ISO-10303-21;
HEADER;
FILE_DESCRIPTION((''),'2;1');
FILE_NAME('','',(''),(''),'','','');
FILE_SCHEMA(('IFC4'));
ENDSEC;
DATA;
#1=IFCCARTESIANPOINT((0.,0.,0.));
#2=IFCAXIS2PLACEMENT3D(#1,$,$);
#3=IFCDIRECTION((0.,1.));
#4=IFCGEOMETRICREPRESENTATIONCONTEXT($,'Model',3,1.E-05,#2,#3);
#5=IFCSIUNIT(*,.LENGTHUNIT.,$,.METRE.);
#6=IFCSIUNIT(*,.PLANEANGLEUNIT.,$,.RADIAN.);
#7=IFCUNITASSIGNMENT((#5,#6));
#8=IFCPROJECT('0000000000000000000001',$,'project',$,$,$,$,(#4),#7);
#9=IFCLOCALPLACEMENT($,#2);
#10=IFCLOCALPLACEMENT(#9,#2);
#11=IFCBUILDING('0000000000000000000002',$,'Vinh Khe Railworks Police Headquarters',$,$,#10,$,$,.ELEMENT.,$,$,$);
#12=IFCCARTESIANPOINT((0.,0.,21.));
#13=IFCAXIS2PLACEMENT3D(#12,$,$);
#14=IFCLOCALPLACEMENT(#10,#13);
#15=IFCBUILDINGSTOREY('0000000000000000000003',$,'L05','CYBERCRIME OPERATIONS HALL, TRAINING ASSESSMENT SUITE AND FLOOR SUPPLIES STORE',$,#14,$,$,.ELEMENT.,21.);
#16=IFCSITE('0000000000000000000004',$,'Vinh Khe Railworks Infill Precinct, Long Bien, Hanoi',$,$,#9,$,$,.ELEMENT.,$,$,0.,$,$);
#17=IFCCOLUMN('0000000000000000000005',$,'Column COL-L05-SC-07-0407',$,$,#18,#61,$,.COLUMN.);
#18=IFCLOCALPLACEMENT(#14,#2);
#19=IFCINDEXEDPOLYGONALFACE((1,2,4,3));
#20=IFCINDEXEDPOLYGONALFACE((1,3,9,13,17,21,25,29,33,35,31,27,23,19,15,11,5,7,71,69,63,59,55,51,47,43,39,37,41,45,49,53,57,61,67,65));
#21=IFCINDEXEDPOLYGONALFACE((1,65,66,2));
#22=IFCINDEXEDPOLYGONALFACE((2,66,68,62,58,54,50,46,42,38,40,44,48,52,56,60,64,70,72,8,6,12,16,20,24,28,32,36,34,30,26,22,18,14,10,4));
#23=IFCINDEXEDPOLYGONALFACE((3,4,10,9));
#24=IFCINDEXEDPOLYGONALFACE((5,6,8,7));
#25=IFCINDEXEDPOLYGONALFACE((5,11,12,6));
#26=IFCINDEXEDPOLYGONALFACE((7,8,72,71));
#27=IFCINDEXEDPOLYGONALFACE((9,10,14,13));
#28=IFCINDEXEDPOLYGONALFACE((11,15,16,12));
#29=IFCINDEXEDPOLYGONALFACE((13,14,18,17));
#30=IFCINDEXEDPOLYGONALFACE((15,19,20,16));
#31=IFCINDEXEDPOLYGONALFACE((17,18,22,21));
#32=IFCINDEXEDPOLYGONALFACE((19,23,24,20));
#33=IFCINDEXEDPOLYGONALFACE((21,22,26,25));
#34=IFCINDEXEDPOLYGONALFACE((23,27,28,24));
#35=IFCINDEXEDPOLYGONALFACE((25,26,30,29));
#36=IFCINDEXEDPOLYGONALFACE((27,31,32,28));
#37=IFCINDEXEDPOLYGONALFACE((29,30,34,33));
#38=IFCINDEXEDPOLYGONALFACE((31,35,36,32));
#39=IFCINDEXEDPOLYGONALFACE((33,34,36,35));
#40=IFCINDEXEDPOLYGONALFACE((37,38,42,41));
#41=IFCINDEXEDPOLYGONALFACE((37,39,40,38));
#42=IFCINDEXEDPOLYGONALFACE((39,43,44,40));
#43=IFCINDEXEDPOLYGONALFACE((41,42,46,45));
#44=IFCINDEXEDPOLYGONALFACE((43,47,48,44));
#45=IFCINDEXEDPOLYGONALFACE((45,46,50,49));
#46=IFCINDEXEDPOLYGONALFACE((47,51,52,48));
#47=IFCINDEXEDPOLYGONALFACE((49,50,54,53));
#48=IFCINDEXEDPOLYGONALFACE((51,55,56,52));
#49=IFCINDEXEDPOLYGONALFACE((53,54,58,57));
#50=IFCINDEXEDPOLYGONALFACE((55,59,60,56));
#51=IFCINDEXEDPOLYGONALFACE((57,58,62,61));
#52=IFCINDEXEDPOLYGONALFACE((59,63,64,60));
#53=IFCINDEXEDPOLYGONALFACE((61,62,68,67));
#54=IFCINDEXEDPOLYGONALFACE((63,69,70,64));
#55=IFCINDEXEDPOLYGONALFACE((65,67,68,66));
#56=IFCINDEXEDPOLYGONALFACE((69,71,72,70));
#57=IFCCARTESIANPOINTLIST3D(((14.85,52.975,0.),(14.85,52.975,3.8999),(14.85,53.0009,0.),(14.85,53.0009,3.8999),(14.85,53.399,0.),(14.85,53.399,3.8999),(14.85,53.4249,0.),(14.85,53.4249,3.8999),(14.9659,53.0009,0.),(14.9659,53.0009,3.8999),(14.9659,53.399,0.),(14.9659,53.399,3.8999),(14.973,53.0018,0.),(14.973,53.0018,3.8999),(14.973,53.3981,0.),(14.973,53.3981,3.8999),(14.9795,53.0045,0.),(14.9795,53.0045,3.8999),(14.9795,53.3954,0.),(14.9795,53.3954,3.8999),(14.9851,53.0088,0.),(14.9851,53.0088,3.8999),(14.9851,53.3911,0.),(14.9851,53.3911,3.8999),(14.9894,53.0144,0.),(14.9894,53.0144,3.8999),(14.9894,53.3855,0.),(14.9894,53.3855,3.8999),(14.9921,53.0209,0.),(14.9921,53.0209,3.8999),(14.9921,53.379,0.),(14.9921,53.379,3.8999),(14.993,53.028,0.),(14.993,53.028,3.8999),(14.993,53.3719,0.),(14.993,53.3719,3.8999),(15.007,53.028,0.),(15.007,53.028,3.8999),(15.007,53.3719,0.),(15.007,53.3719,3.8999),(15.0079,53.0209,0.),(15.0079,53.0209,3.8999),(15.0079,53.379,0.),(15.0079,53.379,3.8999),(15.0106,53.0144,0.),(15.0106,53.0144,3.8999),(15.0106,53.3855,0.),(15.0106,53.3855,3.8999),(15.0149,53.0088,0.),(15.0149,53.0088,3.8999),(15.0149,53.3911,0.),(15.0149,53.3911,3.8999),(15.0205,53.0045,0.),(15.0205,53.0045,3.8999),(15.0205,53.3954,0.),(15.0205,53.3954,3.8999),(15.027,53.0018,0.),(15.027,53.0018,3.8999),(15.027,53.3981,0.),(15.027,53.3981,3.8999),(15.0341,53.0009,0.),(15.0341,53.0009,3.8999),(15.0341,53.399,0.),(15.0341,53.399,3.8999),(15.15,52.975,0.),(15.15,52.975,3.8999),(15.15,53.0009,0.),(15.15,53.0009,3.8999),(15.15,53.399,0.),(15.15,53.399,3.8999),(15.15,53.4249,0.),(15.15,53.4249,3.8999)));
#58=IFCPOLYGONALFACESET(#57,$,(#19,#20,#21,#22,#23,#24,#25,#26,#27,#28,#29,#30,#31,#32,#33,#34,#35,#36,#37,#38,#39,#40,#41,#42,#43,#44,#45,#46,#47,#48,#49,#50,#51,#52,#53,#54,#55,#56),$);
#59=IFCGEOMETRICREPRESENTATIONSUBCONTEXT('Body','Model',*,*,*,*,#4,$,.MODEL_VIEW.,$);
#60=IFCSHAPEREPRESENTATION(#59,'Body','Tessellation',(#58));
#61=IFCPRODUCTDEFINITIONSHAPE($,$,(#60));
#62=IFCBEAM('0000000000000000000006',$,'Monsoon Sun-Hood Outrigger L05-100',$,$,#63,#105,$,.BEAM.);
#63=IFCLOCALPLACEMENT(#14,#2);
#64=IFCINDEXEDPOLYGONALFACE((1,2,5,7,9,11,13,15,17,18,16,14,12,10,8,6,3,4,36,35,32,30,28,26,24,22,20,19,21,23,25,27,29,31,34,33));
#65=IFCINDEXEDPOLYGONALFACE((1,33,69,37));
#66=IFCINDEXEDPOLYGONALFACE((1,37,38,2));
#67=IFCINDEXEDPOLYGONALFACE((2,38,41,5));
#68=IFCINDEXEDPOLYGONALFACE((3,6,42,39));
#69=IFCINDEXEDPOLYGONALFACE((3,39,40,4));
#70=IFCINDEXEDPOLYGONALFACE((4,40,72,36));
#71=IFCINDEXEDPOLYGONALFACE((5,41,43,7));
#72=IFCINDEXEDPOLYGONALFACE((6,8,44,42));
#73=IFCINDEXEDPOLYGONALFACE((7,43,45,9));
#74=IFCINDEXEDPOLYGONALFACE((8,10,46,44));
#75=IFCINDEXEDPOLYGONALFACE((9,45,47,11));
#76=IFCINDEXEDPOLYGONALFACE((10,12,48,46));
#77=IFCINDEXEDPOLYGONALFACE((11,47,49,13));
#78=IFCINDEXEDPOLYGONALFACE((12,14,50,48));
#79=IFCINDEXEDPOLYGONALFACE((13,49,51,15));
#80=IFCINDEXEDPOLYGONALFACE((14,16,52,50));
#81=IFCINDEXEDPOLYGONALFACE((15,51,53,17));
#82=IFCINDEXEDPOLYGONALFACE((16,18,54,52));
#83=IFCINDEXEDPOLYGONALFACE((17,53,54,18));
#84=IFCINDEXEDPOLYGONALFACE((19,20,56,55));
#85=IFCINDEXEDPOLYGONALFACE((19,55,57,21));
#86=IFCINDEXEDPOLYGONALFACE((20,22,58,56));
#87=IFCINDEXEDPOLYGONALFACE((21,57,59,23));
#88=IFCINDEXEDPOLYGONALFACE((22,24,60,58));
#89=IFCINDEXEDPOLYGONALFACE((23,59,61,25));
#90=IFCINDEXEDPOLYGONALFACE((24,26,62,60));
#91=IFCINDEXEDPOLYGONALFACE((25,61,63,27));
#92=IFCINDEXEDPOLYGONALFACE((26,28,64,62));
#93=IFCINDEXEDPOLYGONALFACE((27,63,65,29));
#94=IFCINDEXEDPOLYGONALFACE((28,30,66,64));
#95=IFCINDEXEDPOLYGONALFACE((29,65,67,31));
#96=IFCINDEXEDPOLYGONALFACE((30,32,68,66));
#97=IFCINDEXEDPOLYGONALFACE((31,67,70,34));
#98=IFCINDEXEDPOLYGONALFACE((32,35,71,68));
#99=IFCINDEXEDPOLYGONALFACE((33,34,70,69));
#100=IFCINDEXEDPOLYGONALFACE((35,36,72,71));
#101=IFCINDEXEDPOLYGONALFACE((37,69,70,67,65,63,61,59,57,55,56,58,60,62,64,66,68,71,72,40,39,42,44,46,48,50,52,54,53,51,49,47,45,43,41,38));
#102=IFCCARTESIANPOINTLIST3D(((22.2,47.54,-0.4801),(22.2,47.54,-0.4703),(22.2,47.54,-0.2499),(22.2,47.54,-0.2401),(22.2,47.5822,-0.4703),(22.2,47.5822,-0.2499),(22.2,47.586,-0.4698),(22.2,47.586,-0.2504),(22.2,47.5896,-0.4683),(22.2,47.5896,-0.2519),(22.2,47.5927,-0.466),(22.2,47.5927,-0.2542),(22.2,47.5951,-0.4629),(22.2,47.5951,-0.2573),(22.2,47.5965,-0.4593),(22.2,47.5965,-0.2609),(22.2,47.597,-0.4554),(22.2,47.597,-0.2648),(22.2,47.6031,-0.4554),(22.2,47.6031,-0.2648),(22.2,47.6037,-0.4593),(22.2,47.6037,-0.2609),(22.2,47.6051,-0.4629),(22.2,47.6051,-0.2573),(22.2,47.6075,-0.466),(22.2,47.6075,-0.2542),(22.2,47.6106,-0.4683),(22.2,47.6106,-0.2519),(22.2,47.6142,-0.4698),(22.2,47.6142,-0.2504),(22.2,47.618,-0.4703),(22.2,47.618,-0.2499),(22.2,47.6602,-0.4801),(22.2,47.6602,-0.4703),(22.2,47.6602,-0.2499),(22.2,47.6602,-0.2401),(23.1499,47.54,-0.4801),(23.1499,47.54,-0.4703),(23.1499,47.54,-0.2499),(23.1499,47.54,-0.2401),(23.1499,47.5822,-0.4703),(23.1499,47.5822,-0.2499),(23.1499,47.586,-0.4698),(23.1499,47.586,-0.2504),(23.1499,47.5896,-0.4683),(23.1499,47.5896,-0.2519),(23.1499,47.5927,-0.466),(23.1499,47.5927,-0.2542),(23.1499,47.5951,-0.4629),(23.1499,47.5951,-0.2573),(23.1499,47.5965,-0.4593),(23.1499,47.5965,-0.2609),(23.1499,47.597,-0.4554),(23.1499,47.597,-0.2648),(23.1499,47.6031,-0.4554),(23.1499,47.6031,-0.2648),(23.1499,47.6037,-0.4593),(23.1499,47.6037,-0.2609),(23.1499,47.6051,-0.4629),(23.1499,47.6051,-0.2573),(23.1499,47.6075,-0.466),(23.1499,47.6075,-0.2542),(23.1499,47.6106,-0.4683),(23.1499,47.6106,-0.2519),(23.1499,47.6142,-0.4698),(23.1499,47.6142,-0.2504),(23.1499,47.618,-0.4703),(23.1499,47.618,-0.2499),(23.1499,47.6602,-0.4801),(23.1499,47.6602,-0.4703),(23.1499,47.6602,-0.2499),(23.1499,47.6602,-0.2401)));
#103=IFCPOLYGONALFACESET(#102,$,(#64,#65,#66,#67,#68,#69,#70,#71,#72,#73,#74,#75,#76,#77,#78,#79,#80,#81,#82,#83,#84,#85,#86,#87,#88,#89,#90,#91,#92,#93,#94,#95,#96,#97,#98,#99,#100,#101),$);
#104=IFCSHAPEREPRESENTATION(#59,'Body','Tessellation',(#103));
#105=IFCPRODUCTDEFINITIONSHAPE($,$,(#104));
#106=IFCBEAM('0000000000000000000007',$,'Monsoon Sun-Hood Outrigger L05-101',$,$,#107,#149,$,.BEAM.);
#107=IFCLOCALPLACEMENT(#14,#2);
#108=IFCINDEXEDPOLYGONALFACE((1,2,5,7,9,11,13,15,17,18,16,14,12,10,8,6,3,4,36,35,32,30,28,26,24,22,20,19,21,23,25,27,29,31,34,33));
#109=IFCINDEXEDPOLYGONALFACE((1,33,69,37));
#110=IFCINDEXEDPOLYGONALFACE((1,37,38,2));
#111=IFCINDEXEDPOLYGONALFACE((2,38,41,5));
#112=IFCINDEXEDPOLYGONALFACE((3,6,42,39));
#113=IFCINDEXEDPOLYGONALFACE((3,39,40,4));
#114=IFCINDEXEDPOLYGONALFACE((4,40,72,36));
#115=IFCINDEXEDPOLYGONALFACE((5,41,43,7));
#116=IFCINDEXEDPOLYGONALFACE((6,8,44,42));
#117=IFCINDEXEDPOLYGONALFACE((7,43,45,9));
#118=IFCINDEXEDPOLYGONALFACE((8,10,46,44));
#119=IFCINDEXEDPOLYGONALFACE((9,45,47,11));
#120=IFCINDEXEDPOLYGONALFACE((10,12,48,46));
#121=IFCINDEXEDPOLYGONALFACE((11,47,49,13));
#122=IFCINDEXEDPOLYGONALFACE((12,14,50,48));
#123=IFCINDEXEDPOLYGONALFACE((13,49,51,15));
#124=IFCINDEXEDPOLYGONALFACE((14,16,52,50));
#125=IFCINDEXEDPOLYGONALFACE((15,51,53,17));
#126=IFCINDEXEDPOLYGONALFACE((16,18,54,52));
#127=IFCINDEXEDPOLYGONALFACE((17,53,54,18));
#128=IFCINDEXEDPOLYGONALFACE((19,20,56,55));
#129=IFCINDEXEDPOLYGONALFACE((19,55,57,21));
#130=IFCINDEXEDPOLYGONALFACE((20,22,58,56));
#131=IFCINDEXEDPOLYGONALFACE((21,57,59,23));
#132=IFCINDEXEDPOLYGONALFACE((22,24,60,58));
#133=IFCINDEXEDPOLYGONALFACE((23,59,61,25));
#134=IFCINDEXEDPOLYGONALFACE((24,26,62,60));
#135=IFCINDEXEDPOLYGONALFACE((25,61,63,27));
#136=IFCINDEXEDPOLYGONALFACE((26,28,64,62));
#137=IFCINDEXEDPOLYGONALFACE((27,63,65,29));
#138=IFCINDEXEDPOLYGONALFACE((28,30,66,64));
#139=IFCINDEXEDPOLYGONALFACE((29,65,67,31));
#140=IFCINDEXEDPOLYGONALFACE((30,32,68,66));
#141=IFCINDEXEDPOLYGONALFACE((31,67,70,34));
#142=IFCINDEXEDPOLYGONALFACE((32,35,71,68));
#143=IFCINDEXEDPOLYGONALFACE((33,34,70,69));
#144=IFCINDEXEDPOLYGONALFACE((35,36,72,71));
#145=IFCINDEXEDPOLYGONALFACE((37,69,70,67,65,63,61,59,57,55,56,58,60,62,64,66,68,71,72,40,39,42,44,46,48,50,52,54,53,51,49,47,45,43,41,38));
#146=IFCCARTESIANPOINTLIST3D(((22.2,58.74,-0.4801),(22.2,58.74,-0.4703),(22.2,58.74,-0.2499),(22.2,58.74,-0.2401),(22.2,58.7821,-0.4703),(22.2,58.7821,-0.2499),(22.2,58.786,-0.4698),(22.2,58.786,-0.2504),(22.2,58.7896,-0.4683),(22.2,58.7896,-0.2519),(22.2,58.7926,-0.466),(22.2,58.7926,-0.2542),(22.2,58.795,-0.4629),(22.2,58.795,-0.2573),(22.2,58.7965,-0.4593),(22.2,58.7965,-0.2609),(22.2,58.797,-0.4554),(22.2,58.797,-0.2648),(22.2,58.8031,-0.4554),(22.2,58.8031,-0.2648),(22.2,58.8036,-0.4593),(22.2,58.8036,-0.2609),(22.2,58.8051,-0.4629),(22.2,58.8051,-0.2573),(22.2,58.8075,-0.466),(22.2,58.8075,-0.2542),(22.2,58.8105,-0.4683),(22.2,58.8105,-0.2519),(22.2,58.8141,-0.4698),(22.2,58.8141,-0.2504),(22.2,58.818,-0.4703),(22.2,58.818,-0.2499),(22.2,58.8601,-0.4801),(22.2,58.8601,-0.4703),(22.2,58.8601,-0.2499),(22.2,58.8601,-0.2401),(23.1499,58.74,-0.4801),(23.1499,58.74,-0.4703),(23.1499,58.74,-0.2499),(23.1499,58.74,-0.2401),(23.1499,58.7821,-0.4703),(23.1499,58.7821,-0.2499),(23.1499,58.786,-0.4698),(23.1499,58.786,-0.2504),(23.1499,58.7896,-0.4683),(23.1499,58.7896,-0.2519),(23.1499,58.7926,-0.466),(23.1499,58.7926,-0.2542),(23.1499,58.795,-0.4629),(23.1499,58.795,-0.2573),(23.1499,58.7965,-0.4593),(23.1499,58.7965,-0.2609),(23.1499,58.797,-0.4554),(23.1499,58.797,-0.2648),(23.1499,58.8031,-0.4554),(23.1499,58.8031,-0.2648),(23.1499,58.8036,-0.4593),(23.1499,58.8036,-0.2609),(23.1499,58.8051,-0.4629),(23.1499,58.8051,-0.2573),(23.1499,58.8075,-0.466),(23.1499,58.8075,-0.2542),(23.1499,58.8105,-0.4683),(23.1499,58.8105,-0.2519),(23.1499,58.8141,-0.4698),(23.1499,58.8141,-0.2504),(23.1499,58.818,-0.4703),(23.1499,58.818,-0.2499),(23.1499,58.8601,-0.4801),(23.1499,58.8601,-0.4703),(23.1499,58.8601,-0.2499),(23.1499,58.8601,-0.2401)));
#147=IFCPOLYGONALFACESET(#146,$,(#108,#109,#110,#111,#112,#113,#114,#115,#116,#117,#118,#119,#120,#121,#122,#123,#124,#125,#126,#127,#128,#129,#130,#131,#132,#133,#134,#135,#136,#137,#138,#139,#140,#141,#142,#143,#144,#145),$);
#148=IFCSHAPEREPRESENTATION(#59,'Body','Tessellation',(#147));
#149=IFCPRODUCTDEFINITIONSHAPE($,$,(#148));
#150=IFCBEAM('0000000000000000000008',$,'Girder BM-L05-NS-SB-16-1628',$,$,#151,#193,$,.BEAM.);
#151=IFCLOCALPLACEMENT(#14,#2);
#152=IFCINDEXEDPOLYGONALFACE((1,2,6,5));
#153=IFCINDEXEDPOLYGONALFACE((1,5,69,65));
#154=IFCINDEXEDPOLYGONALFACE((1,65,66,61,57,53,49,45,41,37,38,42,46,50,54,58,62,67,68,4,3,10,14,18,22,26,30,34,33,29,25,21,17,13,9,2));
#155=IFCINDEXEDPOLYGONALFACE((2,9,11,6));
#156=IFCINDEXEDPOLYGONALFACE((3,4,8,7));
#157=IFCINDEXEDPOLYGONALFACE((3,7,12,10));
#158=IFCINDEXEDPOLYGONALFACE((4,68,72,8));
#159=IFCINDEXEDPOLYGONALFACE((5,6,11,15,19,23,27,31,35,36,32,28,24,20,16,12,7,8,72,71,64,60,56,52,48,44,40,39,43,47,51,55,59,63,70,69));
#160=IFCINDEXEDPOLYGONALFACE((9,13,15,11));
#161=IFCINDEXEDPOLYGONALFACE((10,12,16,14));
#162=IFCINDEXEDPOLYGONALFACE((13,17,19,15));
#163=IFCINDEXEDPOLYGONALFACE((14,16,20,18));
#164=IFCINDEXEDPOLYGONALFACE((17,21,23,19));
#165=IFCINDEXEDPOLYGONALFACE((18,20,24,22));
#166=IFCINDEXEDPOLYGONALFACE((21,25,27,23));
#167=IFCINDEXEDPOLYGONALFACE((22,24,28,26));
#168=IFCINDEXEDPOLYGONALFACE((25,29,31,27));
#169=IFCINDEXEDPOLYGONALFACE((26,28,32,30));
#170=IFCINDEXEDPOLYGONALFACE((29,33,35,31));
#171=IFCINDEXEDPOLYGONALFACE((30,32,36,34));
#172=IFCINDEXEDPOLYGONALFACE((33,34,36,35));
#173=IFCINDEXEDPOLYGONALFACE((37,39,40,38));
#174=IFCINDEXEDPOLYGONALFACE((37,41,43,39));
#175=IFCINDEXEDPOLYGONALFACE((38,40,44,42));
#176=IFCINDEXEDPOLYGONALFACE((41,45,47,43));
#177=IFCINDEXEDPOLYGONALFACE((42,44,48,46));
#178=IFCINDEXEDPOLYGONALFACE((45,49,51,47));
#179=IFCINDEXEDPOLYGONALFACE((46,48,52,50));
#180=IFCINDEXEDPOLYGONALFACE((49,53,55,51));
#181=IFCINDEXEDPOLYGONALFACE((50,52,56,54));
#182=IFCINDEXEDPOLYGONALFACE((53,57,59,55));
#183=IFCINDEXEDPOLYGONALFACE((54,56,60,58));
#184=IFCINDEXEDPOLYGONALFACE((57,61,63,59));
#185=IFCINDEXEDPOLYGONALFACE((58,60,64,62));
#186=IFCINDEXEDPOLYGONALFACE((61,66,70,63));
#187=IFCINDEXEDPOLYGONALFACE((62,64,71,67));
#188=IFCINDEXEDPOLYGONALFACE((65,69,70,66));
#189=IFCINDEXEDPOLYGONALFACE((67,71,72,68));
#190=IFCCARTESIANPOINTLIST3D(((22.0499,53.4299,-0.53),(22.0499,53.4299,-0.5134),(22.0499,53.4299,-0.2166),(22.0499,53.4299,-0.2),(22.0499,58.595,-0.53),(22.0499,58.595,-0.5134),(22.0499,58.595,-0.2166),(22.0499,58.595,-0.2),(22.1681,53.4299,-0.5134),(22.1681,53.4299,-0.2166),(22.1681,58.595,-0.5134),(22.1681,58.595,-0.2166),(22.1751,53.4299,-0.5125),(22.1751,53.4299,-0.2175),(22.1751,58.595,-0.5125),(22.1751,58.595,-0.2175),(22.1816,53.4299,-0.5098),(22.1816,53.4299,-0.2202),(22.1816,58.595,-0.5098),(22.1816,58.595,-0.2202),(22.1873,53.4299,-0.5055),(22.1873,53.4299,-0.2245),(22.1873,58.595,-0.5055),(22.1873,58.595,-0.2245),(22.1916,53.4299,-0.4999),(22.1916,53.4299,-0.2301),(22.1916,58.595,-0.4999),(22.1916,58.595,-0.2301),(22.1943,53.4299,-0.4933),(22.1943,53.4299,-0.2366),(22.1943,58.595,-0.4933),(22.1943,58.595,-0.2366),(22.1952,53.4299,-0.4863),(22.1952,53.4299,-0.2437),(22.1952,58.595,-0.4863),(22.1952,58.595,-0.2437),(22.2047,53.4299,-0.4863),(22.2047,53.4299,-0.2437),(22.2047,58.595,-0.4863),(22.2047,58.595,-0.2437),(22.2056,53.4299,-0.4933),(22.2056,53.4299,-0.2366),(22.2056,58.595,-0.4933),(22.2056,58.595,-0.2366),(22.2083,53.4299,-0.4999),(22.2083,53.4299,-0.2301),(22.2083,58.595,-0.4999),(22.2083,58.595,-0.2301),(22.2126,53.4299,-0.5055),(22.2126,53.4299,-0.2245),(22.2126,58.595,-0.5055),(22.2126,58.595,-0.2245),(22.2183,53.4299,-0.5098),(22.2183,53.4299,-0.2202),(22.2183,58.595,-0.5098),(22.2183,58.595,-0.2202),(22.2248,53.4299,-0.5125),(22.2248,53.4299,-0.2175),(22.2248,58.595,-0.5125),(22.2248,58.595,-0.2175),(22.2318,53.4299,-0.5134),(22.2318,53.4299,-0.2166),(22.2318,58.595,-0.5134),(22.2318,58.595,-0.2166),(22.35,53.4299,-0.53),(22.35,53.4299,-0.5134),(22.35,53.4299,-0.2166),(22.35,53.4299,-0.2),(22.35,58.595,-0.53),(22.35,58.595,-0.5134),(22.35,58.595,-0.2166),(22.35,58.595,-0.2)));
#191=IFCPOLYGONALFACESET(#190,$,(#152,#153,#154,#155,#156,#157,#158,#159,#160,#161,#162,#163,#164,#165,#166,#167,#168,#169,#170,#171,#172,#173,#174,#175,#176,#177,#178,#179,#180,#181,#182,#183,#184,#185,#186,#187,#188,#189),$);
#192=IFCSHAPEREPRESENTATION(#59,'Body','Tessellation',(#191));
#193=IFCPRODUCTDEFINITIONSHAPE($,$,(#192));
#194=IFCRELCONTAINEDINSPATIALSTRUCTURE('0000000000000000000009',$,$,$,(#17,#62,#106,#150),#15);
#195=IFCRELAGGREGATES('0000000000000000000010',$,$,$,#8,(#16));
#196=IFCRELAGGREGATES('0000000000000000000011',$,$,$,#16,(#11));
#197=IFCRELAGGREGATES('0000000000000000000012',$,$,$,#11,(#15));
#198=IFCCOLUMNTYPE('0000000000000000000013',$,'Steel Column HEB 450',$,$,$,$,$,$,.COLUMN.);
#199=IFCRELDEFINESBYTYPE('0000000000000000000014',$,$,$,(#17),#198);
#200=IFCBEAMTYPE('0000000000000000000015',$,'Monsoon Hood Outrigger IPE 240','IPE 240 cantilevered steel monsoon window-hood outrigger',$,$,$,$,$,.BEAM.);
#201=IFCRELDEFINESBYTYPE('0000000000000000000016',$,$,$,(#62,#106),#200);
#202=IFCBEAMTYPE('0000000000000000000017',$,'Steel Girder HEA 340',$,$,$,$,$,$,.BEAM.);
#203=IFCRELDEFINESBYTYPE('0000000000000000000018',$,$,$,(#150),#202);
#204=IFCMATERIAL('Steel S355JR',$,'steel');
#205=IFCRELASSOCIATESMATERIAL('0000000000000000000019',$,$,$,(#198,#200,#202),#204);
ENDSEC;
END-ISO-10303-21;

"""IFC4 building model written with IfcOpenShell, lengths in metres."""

from ifc_helpers import new_model, si_unit, direction, frame, origin, origin_2d, place, context, subcontext, project, spatial, i_section, extrude, material, material_profile, profile_set, type_object, element, save


model = new_model("IFC4")

# Units and contexts
model_context = context("Model", 3, precision=1e-05, world=origin(), true_north=direction((0.0, 1.0)))
body_context = subcontext(model_context, "Body", "Model", "MODEL_VIEW")
ifc_project = project(units=[si_unit("LENGTHUNIT", "METRE"), si_unit("PLANEANGLEUNIT", "RADIAN")], contexts=[model_context])

# Site, building, storey
site_placement = place(None, origin())
site = spatial("IfcSite", under=ifc_project, at=site_placement, Name="Vinh Khe Railworks Infill Precinct, Long Bien, Hanoi", CompositionType="ELEMENT", RefElevation=0.0)
building_placement = place(site_placement, origin())
building = spatial("IfcBuilding", under=site, at=building_placement, Name="Vinh Khe Railworks Police Headquarters", CompositionType="ELEMENT")
storey_placement = place(building_placement, frame((0.0, 0.0, 21.0)))
storey = spatial("IfcBuildingStorey", under=building, at=storey_placement, Name="L05", Description="CYBERCRIME OPERATIONS HALL, TRAINING ASSESSMENT SUITE AND FLOOR SUPPLIES STORE", CompositionType="ELEMENT", Elevation=21.0)

# Column
ifc_material_1 = material(Name="Steel S355JR", Category="steel")
ifc_material_profile_1 = material_profile(ifc_material_1, i_section(OverallWidth=0.3, OverallDepth=0.45, WebThickness=0.0139, FlangeThickness=0.0259, FilletRadius=0.0271, at=origin_2d()), Name="HEB 450")
ifc_profile_set_1 = profile_set([ifc_material_profile_1], Name="Steel S355JR")
column_type_1 = type_object("IfcColumnType", Name="Steel Column HEB 450", PredefinedType="COLUMN", material=ifc_profile_set_1)
column_1_placement = place(storey_placement, frame((15.0, 53.2, 0.0), z_axis=(0.0, 0.0, 1.0), x_axis=(1.0, 0.0, 0.0)))
element("IfcColumn", 1, at=column_1_placement, inside=storey, type_object=column_type_1, Name="Column COL-L05-SC-07-0407", PredefinedType="COLUMN", context=body_context, shape_type="SweptSolid", body=[
    extrude(i_section(OverallWidth=0.3, OverallDepth=0.45, WebThickness=0.0139, FlangeThickness=0.0259, FilletRadius=0.0271, at=origin_2d()), origin(), (0.0, 0.0, 1.0), 3.8999),
])

# Beams
ifc_material_profile_2 = material_profile(ifc_material_1, i_section(OverallWidth=0.1201, OverallDepth=0.24, WebThickness=0.0061, FlangeThickness=0.0098, FilletRadius=0.0149, at=origin_2d()), Name="IPE 240")
ifc_profile_set_2 = profile_set([ifc_material_profile_2], Name="Steel S355JR")
beam_type_1 = type_object("IfcBeamType", Name="Monsoon Hood Outrigger IPE 240", Description="IPE 240 cantilevered steel monsoon window-hood outrigger", PredefinedType="BEAM", material=ifc_profile_set_2)
for number, where, z_axis, x_axis, name in (
    (2, (22.2, 47.6001, -0.3601), (1.0, 0.0, 0.0), (0.0, 1.0, 0.0), "Monsoon Sun-Hood Outrigger L05-100"),
    (3, (22.2, 58.8, -0.3601), (1.0, 0.0, 0.0), (0.0, 1.0, 0.0), "Monsoon Sun-Hood Outrigger L05-101"),
):
    element("IfcBeam", number, at=place(storey_placement, frame(where, z_axis=z_axis, x_axis=x_axis)), inside=storey, type_object=beam_type_1, Name=name, PredefinedType="BEAM", context=body_context, shape_type="SweptSolid", body=[
        extrude(i_section(OverallWidth=0.1201, OverallDepth=0.24, WebThickness=0.0061, FlangeThickness=0.0098, FilletRadius=0.0149, at=origin_2d()), origin(), (0.0, 0.0, 1.0), 0.95),
    ])
ifc_material_profile_3 = material_profile(ifc_material_1, i_section(OverallWidth=0.3, OverallDepth=0.3301, WebThickness=0.0095, FlangeThickness=0.0166, FilletRadius=0.0271, at=origin_2d()), Name="HEA 340")
ifc_profile_set_3 = profile_set([ifc_material_profile_3], Name="Steel S355JR")
beam_type_2 = type_object("IfcBeamType", Name="Steel Girder HEA 340", PredefinedType="BEAM", material=ifc_profile_set_3)
beam_1_placement = place(storey_placement, frame((22.2, 53.4299, -0.365), z_axis=(0.0, 1.0, 0.0), x_axis=(-1.0, 0.0, 0.0)))
element("IfcBeam", 4, at=beam_1_placement, inside=storey, type_object=beam_type_2, Name="Girder BM-L05-NS-SB-16-1628", PredefinedType="BEAM", context=body_context, shape_type="SweptSolid", body=[
    extrude(i_section(OverallWidth=0.3, OverallDepth=0.3301, WebThickness=0.0095, FlangeThickness=0.0166, FilletRadius=0.0271, at=origin_2d()), origin(), (0.0, 0.0, 1.0), 5.165),
])

save(model, "model.ifc")
